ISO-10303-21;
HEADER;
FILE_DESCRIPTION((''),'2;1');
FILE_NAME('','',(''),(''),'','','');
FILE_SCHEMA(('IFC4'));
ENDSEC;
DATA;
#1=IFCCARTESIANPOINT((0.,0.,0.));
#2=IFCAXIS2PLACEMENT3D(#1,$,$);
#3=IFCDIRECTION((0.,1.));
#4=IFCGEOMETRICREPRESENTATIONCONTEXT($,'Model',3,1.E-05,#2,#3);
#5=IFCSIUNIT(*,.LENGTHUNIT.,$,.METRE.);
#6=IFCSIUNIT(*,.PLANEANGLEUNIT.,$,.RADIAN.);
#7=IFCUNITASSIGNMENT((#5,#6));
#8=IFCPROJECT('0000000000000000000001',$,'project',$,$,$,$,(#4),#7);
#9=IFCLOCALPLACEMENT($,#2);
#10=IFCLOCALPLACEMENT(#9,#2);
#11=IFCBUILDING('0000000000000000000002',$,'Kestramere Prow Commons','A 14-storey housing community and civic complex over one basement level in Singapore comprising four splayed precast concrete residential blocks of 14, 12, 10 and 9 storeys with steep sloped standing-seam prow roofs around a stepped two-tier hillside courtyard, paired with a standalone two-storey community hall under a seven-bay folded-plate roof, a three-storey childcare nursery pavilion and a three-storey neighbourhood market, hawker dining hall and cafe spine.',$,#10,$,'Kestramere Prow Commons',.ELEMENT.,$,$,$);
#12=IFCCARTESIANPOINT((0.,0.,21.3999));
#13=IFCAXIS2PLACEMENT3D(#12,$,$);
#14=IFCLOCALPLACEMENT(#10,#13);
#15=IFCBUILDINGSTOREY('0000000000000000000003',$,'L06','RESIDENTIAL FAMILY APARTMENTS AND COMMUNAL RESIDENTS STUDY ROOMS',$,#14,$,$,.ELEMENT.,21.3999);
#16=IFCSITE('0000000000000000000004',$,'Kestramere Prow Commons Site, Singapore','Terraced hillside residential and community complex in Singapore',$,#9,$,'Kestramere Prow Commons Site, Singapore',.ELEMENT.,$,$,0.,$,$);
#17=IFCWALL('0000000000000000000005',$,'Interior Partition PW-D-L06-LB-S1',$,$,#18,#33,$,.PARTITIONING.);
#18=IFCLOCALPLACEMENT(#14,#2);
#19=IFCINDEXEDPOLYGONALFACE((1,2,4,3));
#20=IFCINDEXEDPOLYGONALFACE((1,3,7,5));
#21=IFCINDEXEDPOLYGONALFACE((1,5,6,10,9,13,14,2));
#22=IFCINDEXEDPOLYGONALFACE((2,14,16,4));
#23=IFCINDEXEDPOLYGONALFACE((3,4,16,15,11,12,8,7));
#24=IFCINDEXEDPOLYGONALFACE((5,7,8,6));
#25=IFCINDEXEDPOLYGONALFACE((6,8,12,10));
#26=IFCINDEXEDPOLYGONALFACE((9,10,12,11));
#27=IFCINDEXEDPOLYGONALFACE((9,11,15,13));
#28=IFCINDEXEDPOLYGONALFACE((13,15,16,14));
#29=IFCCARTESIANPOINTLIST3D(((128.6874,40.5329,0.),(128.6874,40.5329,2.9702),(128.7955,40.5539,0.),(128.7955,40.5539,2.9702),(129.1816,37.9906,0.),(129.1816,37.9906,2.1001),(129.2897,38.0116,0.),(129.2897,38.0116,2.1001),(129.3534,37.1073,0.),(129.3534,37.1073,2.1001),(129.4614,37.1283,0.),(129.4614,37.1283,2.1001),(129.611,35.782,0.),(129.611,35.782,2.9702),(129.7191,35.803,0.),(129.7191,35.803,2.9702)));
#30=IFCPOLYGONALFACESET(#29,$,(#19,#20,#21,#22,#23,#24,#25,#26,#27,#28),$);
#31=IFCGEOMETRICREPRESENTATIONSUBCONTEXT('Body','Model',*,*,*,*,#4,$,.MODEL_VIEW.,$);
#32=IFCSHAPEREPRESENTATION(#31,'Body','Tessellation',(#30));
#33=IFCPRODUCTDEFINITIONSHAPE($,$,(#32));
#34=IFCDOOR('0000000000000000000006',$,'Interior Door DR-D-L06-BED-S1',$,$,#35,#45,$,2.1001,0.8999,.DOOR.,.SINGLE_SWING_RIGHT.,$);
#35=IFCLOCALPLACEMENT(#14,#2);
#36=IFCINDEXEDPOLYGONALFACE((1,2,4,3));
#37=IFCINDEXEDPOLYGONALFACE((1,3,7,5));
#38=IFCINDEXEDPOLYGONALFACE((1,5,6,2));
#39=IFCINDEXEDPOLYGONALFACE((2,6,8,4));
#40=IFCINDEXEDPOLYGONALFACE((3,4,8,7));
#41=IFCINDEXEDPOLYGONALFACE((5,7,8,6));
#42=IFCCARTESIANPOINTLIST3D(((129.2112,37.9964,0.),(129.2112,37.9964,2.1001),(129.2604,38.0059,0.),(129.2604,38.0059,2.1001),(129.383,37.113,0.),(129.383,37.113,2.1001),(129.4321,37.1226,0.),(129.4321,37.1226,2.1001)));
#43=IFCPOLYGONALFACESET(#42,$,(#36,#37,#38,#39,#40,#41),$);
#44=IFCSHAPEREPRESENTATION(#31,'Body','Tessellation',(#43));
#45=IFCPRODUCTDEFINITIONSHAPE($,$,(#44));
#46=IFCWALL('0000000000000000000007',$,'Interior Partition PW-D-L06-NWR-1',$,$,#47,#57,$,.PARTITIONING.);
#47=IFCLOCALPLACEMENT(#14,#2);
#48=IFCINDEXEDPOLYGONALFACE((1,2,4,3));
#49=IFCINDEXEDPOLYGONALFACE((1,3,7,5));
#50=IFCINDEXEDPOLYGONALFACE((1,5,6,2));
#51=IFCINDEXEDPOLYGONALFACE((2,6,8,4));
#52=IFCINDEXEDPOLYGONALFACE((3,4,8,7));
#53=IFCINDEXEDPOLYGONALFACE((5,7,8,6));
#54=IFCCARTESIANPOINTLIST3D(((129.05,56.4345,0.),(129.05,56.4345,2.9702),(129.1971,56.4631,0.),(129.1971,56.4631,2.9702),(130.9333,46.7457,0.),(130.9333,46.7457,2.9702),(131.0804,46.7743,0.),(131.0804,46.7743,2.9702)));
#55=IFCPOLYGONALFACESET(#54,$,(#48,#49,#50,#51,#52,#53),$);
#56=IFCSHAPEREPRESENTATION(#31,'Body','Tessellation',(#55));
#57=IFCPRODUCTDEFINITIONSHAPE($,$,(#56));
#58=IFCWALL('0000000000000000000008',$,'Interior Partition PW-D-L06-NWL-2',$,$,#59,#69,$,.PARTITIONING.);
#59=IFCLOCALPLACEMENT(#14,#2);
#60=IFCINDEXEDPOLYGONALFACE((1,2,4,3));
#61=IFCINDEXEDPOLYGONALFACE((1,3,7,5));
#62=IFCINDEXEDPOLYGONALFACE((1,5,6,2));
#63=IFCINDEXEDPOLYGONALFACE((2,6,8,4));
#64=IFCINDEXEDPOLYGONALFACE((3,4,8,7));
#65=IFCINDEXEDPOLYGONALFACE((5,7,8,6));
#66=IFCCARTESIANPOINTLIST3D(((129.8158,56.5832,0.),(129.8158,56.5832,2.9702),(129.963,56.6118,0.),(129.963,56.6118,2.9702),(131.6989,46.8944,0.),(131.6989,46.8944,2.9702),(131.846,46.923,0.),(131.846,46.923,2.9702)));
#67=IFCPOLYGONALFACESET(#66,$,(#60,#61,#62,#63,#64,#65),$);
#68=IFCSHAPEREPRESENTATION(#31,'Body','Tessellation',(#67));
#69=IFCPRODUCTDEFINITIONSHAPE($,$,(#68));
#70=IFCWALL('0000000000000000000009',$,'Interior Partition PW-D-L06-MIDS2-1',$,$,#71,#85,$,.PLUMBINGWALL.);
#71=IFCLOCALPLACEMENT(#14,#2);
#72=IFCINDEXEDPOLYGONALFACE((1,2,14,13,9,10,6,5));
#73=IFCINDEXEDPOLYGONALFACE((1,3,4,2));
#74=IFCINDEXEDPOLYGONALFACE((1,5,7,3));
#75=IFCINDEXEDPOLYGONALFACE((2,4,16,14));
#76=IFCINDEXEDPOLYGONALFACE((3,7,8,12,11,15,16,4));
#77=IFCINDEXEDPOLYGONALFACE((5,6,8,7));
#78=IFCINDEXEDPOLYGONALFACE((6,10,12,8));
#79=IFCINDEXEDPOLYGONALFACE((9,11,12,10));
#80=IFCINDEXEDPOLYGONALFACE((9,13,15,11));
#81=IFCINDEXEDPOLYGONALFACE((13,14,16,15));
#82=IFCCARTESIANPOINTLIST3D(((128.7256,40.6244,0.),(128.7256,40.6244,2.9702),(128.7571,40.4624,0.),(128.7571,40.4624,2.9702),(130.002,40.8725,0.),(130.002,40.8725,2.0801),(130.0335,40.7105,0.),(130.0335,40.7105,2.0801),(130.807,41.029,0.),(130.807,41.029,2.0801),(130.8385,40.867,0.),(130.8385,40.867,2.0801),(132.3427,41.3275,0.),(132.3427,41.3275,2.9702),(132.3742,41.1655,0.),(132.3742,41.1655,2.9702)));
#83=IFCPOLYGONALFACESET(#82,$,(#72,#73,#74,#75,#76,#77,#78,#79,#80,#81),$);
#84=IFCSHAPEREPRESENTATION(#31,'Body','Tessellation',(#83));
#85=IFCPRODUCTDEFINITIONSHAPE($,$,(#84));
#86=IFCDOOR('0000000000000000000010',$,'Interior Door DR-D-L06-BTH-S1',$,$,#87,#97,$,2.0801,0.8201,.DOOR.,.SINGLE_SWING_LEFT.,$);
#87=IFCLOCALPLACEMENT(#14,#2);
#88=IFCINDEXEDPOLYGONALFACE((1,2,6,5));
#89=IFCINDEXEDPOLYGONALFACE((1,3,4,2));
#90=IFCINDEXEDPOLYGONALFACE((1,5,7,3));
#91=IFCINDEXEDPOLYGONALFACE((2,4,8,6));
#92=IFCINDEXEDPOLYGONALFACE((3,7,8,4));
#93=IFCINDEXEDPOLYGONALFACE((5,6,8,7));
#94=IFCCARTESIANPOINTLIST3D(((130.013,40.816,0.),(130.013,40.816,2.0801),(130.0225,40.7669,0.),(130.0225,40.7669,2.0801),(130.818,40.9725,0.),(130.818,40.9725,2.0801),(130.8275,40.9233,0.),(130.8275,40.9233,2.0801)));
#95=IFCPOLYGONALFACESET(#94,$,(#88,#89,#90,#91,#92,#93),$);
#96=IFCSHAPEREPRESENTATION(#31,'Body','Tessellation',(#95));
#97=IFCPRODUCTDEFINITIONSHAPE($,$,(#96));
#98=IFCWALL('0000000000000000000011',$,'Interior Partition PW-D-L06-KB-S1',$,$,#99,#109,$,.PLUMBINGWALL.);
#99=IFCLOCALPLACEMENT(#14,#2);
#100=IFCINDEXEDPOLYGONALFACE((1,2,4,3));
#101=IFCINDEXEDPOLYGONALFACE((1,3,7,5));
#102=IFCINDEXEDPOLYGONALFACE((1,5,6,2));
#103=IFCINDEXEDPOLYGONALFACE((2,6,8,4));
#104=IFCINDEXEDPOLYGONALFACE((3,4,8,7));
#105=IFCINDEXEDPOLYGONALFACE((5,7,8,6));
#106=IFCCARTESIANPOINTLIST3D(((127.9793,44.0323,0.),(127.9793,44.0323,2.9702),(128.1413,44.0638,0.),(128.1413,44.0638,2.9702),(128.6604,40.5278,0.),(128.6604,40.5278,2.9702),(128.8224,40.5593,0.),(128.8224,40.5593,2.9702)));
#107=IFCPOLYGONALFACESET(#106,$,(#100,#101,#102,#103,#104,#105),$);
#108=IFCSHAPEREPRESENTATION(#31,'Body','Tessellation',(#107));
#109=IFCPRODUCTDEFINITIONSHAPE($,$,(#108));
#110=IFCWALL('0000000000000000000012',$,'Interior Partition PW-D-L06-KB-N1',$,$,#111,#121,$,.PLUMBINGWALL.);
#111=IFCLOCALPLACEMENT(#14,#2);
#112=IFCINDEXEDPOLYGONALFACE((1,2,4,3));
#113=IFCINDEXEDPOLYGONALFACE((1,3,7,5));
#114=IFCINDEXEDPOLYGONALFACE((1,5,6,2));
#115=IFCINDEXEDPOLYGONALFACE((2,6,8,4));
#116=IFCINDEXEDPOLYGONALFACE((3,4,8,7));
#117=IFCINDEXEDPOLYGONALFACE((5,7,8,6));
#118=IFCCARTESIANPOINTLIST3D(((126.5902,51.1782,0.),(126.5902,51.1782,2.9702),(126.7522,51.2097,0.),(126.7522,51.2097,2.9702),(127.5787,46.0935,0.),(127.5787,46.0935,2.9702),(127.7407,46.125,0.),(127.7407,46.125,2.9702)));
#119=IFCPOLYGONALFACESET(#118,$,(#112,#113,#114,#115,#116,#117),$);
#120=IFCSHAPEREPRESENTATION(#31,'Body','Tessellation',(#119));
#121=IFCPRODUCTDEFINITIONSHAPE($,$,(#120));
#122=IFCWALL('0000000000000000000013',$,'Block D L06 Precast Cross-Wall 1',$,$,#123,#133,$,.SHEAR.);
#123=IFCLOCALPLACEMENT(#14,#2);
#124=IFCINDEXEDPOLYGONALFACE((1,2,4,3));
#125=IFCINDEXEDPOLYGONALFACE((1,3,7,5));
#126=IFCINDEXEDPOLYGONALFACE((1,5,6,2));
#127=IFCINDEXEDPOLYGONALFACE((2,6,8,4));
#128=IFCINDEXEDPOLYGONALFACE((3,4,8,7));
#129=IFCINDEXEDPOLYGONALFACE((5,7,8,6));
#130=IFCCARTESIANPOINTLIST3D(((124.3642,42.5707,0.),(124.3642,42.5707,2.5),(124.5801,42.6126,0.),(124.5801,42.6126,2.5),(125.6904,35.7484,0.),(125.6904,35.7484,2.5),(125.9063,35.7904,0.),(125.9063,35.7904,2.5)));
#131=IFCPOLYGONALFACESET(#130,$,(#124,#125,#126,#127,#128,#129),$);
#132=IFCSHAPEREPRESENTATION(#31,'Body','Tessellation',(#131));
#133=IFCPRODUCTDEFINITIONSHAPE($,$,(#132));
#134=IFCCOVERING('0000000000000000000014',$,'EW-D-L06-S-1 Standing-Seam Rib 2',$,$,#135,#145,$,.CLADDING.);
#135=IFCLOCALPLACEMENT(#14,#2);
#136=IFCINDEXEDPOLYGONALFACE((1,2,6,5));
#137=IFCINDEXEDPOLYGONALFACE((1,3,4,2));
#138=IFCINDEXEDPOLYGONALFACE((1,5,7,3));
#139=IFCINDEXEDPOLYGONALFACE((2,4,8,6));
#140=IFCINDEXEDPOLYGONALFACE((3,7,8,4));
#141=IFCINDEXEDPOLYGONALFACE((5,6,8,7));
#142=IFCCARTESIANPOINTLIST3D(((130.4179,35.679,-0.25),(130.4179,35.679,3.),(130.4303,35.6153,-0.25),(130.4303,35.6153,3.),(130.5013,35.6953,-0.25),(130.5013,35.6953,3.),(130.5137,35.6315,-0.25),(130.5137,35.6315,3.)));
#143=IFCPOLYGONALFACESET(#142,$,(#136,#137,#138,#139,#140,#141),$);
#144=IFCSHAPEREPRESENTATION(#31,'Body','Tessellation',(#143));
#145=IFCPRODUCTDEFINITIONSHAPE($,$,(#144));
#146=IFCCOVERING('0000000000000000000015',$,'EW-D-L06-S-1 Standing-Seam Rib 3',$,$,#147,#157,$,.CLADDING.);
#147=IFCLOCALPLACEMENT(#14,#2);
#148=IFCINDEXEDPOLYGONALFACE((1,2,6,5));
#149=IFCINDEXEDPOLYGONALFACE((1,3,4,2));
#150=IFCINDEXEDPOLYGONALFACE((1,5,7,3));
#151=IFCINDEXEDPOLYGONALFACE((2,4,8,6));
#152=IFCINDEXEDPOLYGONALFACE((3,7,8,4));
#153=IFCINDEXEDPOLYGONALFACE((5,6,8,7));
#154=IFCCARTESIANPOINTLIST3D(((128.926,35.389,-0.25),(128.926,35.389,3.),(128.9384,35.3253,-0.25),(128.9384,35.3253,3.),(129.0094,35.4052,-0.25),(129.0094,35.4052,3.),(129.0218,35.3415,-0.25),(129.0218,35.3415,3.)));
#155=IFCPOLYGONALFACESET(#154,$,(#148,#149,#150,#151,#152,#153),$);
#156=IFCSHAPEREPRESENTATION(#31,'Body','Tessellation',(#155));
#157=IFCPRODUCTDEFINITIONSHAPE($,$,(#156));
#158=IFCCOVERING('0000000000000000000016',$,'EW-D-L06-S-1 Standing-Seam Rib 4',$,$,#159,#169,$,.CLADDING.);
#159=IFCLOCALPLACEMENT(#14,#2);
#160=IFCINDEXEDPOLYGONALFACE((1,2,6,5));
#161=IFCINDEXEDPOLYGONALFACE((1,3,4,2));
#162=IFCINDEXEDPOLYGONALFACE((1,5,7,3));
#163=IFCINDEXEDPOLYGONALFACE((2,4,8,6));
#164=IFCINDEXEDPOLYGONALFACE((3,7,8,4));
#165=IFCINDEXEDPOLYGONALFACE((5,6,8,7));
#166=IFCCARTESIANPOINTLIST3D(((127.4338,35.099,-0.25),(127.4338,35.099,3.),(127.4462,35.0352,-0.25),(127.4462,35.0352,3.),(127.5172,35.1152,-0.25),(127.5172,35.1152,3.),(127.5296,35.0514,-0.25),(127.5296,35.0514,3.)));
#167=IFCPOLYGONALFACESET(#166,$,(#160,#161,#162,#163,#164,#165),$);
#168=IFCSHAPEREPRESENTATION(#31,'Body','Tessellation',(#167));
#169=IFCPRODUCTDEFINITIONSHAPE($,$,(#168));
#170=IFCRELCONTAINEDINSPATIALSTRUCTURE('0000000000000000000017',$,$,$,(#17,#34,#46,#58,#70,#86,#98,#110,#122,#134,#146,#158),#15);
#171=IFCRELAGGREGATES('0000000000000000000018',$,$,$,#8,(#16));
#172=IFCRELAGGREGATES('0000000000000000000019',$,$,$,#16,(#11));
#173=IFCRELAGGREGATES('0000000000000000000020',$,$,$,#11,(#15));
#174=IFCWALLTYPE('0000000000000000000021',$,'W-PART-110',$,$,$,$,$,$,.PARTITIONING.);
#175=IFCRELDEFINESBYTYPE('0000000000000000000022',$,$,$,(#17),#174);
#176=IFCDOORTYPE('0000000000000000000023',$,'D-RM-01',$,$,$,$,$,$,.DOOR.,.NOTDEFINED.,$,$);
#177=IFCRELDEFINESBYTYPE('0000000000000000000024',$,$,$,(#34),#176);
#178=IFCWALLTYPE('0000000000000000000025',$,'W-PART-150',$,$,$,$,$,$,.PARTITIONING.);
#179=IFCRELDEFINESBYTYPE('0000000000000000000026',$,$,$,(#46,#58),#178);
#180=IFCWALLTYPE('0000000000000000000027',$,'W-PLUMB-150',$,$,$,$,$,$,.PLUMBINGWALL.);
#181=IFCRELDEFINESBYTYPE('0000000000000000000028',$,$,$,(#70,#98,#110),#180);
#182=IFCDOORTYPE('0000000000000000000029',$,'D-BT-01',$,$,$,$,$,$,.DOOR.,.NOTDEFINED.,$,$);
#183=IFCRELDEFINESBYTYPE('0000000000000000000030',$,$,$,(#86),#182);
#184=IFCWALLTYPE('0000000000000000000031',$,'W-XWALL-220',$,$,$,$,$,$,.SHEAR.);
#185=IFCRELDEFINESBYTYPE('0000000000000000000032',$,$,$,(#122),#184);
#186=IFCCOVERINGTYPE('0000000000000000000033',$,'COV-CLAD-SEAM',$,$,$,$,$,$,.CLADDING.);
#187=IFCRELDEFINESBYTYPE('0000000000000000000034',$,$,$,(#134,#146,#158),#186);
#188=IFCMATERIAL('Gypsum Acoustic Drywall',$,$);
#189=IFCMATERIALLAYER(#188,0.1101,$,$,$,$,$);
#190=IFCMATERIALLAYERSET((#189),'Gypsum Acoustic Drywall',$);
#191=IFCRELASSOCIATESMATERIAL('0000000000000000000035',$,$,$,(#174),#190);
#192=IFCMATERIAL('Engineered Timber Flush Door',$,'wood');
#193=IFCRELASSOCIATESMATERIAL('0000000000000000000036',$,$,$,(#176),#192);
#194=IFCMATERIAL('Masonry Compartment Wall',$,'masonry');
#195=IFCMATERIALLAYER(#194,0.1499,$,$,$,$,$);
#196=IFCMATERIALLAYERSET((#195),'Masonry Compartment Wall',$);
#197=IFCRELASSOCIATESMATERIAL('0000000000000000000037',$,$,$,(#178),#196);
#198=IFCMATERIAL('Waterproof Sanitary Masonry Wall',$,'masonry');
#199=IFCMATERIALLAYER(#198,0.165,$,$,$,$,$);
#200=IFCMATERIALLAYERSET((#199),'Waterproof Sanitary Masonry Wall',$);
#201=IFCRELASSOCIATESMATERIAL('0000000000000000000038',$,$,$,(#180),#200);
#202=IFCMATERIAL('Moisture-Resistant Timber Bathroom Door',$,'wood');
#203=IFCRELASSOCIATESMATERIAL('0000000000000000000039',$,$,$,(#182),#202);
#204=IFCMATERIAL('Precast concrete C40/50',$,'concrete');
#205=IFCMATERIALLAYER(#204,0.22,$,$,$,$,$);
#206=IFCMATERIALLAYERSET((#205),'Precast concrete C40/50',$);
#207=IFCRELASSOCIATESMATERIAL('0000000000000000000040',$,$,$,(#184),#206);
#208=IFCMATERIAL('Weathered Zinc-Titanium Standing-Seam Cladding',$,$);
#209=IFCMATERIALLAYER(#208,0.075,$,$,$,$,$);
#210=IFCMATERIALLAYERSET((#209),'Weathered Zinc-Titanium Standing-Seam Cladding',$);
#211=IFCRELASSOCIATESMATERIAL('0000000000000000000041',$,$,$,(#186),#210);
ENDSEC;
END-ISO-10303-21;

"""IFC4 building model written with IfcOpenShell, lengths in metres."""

from ifc_helpers import new_model, si_unit, direction, frame, frame_2d, origin, origin_2d, place, context, subcontext, project, spatial, rectangle, extrude, material, layer, layer_set, type_object, element, fill, save


model = new_model("IFC4")

# Units and contexts
model_context = context("Model", 3, precision=1e-05, world=origin(), true_north=direction((0.0, 1.0)))
body_context = subcontext(model_context, "Body", "Model", "MODEL_VIEW")
ifc_project = project(units=[si_unit("LENGTHUNIT", "METRE"), si_unit("PLANEANGLEUNIT", "RADIAN")], contexts=[model_context])

# Site, building, storey
site_placement = place(None, origin())
site = spatial("IfcSite", under=ifc_project, at=site_placement, Name="Kestramere Prow Commons Site, Singapore", Description="Terraced hillside residential and community complex in Singapore", LongName="Kestramere Prow Commons Site, Singapore", CompositionType="ELEMENT", RefElevation=0.0)
building_placement = place(site_placement, origin())
building = spatial("IfcBuilding", under=site, at=building_placement, Name="Kestramere Prow Commons", Description="A 14-storey housing community and civic complex over one basement level in Singapore comprising four splayed precast concrete residential blocks of 14, 12, 10 and 9 storeys with steep sloped standing-seam prow roofs around a stepped two-tier hillside courtyard, paired with a standalone two-storey community hall under a seven-bay folded-plate roof, a three-storey childcare nursery pavilion and a three-storey neighbourhood market, hawker dining hall and cafe spine.", LongName="Kestramere Prow Commons", CompositionType="ELEMENT")
storey_placement = place(building_placement, frame((0.0, 0.0, 21.3999)))
storey = spatial("IfcBuildingStorey", under=building, at=storey_placement, Name="L06", Description="RESIDENTIAL FAMILY APARTMENTS AND COMMUNAL RESIDENTS STUDY ROOMS", CompositionType="ELEMENT", Elevation=21.3999)

# Shared definitions
ifc_material_1 = material(Name="Precast concrete C40/50", Category="concrete")

# Wall, opening, door
ifc_material_2 = material(Name="Gypsum Acoustic Drywall")
ifc_layer_1 = layer(ifc_material_2, 0.1101)
ifc_layer_set_1 = layer_set([ifc_layer_1], Name="Gypsum Acoustic Drywall")
wall_type_1 = type_object("IfcWallType", Name="W-PART-110", PredefinedType="PARTITIONING", material=ifc_layer_set_1)
wall_1_placement = place(storey_placement, frame((129.665, 35.7925, 0.0), z_axis=(0.0, 0.0, 1.0), x_axis=(-0.190826, 0.981624, 0.0)))
wall_1 = element("IfcWall", 1, at=wall_1_placement, inside=storey, type_object=wall_type_1, Name="Interior Partition PW-D-L06-LB-S1", PredefinedType="PARTITIONING", context=body_context, shape_type="SweptSolid", body=[
    extrude(rectangle(XDim=4.8398, YDim=0.1101, at=frame_2d((2.4199, 0.0))), origin(), (0.0, 0.0, 1.0), 2.9702),
])
opening_1_placement = place(wall_1_placement, frame((1.3501, 0.0, 0.0)))
opening_1 = element("IfcOpeningElement", 2, at=opening_1_placement, cuts=wall_1, PredefinedType="OPENING", context=body_context, shape_type="SweptSolid", body=[
    extrude(rectangle(XDim=0.8999, YDim=2.1001, at=frame_2d((0.45, 1.05))), frame((0.0, 0.0701, 0.0), z_axis=(0.0, -1.0, 0.0), x_axis=(1.0, 0.0, 0.0)), (0.0, 0.0, 1.0), 0.1401),
])
ifc_material_3 = material(Name="Engineered Timber Flush Door", Category="wood")
door_type_1 = type_object("IfcDoorType", Name="D-RM-01", OperationType="NOTDEFINED", PredefinedType="DOOR", material=ifc_material_3)
door_1_placement = place(opening_1_placement, origin())
door_1 = element("IfcDoor", 3, at=door_1_placement, inside=storey, type_object=door_type_1, Name="Interior Door DR-D-L06-BED-S1", OperationType="SINGLE_SWING_RIGHT", OverallHeight=2.1001, OverallWidth=0.8999, PredefinedType="DOOR", context=body_context, shape_type="SweptSolid", body=[
    extrude(rectangle(XDim=0.8999, YDim=2.1001, at=frame_2d((0.45, 1.05))), frame((0.0, 0.0249, 0.0), z_axis=(0.0, -1.0, 0.0), x_axis=(1.0, 0.0, 0.0)), (0.0, 0.0, 1.0), 0.05),
])
fill(opening_1, door_1)

# Walls
ifc_material_4 = material(Name="Masonry Compartment Wall", Category="masonry")
ifc_layer_2 = layer(ifc_material_4, 0.1499)
ifc_layer_set_2 = layer_set([ifc_layer_2], Name="Masonry Compartment Wall")
wall_type_2 = type_object("IfcWallType", Name="W-PART-150", PredefinedType="PARTITIONING", material=ifc_layer_set_2)
for number, where, z_axis, x_axis, name in (
    (4, (131.0068, 46.76, 0.0), (0.0, 0.0, 1.0), (-0.190809, 0.981627, 0.0), "Interior Partition PW-D-L06-NWR-1"),
    (5, (131.7725, 46.9087, 0.0), (0.0, 0.0, 1.0), (-0.190786, 0.981632, 0.0), "Interior Partition PW-D-L06-NWL-2"),
):
    element("IfcWall", number, at=place(storey_placement, frame(where, z_axis=z_axis, x_axis=x_axis)), inside=storey, type_object=wall_type_2, Name=name, PredefinedType="PARTITIONING", context=body_context, shape_type="SweptSolid", body=[
        extrude(rectangle(XDim=9.8701, YDim=0.1499, at=frame_2d((4.9351, 0.0))), origin(), (0.0, 0.0, 1.0), 2.9702),
    ])

# Wall, opening, door
ifc_material_5 = material(Name="Waterproof Sanitary Masonry Wall", Category="masonry")
ifc_layer_3 = layer(ifc_material_5, 0.165)
ifc_layer_set_3 = layer_set([ifc_layer_3], Name="Waterproof Sanitary Masonry Wall")
wall_type_3 = type_object("IfcWallType", Name="W-PLUMB-150", PredefinedType="PLUMBINGWALL", material=ifc_layer_set_3)
wall_2_placement = place(storey_placement, frame((128.7415, 40.5435, 0.0), z_axis=(0.0, 0.0, 1.0), x_axis=(0.981626, 0.190813, 0.0)))
wall_2 = element("IfcWall", 6, at=wall_2_placement, inside=storey, type_object=wall_type_3, Name="Interior Partition PW-D-L06-MIDS2-1", PredefinedType="PLUMBINGWALL", context=body_context, shape_type="SweptSolid", body=[
    extrude(rectangle(XDim=3.6848, YDim=0.165, at=frame_2d((1.8423, 0.0))), origin(), (0.0, 0.0, 1.0), 2.9702),
])
opening_2_placement = place(wall_2_placement, frame((1.3, 0.0, 0.0)))
opening_2 = element("IfcOpeningElement", 7, at=opening_2_placement, cuts=wall_2, PredefinedType="OPENING", context=body_context, shape_type="SweptSolid", body=[
    extrude(rectangle(XDim=0.8201, YDim=2.0801, at=frame_2d((0.4102, 1.04))), frame((0.0, 0.0974, 0.0), z_axis=(0.0, -1.0, 0.0), x_axis=(1.0, 0.0, 0.0)), (0.0, 0.0, 1.0), 0.1951),
])
ifc_material_6 = material(Name="Moisture-Resistant Timber Bathroom Door", Category="wood")
door_type_2 = type_object("IfcDoorType", Name="D-BT-01", OperationType="NOTDEFINED", PredefinedType="DOOR", material=ifc_material_6)
door_2_placement = place(opening_2_placement, origin())
door_2 = element("IfcDoor", 8, at=door_2_placement, inside=storey, type_object=door_type_2, Name="Interior Door DR-D-L06-BTH-S1", OperationType="SINGLE_SWING_LEFT", OverallHeight=2.0801, OverallWidth=0.8201, PredefinedType="DOOR", context=body_context, shape_type="SweptSolid", body=[
    extrude(rectangle(XDim=0.8201, YDim=2.0801, at=frame_2d((0.4102, 1.04))), frame((0.0, 0.0249, 0.0), z_axis=(0.0, -1.0, 0.0), x_axis=(1.0, 0.0, 0.0)), (0.0, 0.0, 1.0), 0.05),
])
fill(opening_2, door_2)

# Walls
wall_3_placement = place(storey_placement, frame((128.7415, 40.5435, 0.0), z_axis=(0.0, 0.0, 1.0), x_axis=(-0.1908, 0.981629, 0.0)))
element("IfcWall", 9, at=wall_3_placement, inside=storey, type_object=wall_type_3, Name="Interior Partition PW-D-L06-KB-S1", PredefinedType="PLUMBINGWALL", context=body_context, shape_type="SweptSolid", body=[
    extrude(rectangle(XDim=3.5701, YDim=0.165, at=frame_2d((1.7852, 0.0))), origin(), (0.0, 0.0, 1.0), 2.9702),
])
wall_4_placement = place(storey_placement, frame((127.6597, 46.1094, 0.0), z_axis=(0.0, 0.0, 1.0), x_axis=(-0.190838, 0.981622, 0.0)))
element("IfcWall", 10, at=wall_4_placement, inside=storey, type_object=wall_type_3, Name="Interior Partition PW-D-L06-KB-N1", PredefinedType="PLUMBINGWALL", context=body_context, shape_type="SweptSolid", body=[
    extrude(rectangle(XDim=5.1799, YDim=0.165, at=frame_2d((2.5898, 0.0))), origin(), (0.0, 0.0, 1.0), 2.9702),
])
ifc_layer_4 = layer(ifc_material_1, 0.22)
ifc_layer_set_4 = layer_set([ifc_layer_4], Name="Precast concrete C40/50")
wall_type_4 = type_object("IfcWallType", Name="W-XWALL-220", PredefinedType="SHEAR", material=ifc_layer_set_4)
wall_5_placement = place(storey_placement, frame((125.7983, 35.7693, 0.0), z_axis=(0.0, 0.0, 1.0), x_axis=(-0.190817, 0.981626, 0.0)))
element("IfcWall", 11, at=wall_5_placement, inside=storey, type_object=wall_type_4, Name="Block D L06 Precast Cross-Wall 1", PredefinedType="SHEAR", context=body_context, shape_type="SweptSolid", body=[
    extrude(rectangle(XDim=6.95, YDim=0.22, at=frame_2d((3.4751, 0.0))), origin(), (0.0, 0.0, 1.0), 2.5),
])

# Coverings
ifc_material_7 = material(Name="Weathered Zinc-Titanium Standing-Seam Cladding")
ifc_layer_5 = layer(ifc_material_7, 0.075)
ifc_layer_set_5 = layer_set([ifc_layer_5], Name="Weathered Zinc-Titanium Standing-Seam Cladding")
covering_type = type_object("IfcCoveringType", Name="COV-CLAD-SEAM", PredefinedType="CLADDING", material=ifc_layer_set_5)
for number, where, z_axis, x_axis, name in (
    (12, (130.4658, 35.6553, -0.25), (0.0, 0.0, 1.0), (-0.981627, -0.190809, 0.0), "EW-D-L06-S-1 Standing-Seam Rib 2"),
    (13, (128.9739, 35.3652, -0.25), (0.0, 0.0, 1.0), (-0.981627, -0.190809, 0.0), "EW-D-L06-S-1 Standing-Seam Rib 3"),
    (14, (127.4817, 35.0752, -0.25), (0.0, 0.0, 1.0), (-0.981627, -0.190809, 0.0), "EW-D-L06-S-1 Standing-Seam Rib 4"),
):
    element("IfcCovering", number, at=place(storey_placement, frame(where, z_axis=z_axis, x_axis=x_axis)), inside=storey, type_object=covering_type, Name=name, PredefinedType="CLADDING", context=body_context, shape_type="SweptSolid", body=[
        extrude(rectangle(XDim=0.085, YDim=0.0649, at=origin_2d()), origin(), (0.0, 0.0, 1.0), 3.25),
    ])

save(model, "model.ifc")
